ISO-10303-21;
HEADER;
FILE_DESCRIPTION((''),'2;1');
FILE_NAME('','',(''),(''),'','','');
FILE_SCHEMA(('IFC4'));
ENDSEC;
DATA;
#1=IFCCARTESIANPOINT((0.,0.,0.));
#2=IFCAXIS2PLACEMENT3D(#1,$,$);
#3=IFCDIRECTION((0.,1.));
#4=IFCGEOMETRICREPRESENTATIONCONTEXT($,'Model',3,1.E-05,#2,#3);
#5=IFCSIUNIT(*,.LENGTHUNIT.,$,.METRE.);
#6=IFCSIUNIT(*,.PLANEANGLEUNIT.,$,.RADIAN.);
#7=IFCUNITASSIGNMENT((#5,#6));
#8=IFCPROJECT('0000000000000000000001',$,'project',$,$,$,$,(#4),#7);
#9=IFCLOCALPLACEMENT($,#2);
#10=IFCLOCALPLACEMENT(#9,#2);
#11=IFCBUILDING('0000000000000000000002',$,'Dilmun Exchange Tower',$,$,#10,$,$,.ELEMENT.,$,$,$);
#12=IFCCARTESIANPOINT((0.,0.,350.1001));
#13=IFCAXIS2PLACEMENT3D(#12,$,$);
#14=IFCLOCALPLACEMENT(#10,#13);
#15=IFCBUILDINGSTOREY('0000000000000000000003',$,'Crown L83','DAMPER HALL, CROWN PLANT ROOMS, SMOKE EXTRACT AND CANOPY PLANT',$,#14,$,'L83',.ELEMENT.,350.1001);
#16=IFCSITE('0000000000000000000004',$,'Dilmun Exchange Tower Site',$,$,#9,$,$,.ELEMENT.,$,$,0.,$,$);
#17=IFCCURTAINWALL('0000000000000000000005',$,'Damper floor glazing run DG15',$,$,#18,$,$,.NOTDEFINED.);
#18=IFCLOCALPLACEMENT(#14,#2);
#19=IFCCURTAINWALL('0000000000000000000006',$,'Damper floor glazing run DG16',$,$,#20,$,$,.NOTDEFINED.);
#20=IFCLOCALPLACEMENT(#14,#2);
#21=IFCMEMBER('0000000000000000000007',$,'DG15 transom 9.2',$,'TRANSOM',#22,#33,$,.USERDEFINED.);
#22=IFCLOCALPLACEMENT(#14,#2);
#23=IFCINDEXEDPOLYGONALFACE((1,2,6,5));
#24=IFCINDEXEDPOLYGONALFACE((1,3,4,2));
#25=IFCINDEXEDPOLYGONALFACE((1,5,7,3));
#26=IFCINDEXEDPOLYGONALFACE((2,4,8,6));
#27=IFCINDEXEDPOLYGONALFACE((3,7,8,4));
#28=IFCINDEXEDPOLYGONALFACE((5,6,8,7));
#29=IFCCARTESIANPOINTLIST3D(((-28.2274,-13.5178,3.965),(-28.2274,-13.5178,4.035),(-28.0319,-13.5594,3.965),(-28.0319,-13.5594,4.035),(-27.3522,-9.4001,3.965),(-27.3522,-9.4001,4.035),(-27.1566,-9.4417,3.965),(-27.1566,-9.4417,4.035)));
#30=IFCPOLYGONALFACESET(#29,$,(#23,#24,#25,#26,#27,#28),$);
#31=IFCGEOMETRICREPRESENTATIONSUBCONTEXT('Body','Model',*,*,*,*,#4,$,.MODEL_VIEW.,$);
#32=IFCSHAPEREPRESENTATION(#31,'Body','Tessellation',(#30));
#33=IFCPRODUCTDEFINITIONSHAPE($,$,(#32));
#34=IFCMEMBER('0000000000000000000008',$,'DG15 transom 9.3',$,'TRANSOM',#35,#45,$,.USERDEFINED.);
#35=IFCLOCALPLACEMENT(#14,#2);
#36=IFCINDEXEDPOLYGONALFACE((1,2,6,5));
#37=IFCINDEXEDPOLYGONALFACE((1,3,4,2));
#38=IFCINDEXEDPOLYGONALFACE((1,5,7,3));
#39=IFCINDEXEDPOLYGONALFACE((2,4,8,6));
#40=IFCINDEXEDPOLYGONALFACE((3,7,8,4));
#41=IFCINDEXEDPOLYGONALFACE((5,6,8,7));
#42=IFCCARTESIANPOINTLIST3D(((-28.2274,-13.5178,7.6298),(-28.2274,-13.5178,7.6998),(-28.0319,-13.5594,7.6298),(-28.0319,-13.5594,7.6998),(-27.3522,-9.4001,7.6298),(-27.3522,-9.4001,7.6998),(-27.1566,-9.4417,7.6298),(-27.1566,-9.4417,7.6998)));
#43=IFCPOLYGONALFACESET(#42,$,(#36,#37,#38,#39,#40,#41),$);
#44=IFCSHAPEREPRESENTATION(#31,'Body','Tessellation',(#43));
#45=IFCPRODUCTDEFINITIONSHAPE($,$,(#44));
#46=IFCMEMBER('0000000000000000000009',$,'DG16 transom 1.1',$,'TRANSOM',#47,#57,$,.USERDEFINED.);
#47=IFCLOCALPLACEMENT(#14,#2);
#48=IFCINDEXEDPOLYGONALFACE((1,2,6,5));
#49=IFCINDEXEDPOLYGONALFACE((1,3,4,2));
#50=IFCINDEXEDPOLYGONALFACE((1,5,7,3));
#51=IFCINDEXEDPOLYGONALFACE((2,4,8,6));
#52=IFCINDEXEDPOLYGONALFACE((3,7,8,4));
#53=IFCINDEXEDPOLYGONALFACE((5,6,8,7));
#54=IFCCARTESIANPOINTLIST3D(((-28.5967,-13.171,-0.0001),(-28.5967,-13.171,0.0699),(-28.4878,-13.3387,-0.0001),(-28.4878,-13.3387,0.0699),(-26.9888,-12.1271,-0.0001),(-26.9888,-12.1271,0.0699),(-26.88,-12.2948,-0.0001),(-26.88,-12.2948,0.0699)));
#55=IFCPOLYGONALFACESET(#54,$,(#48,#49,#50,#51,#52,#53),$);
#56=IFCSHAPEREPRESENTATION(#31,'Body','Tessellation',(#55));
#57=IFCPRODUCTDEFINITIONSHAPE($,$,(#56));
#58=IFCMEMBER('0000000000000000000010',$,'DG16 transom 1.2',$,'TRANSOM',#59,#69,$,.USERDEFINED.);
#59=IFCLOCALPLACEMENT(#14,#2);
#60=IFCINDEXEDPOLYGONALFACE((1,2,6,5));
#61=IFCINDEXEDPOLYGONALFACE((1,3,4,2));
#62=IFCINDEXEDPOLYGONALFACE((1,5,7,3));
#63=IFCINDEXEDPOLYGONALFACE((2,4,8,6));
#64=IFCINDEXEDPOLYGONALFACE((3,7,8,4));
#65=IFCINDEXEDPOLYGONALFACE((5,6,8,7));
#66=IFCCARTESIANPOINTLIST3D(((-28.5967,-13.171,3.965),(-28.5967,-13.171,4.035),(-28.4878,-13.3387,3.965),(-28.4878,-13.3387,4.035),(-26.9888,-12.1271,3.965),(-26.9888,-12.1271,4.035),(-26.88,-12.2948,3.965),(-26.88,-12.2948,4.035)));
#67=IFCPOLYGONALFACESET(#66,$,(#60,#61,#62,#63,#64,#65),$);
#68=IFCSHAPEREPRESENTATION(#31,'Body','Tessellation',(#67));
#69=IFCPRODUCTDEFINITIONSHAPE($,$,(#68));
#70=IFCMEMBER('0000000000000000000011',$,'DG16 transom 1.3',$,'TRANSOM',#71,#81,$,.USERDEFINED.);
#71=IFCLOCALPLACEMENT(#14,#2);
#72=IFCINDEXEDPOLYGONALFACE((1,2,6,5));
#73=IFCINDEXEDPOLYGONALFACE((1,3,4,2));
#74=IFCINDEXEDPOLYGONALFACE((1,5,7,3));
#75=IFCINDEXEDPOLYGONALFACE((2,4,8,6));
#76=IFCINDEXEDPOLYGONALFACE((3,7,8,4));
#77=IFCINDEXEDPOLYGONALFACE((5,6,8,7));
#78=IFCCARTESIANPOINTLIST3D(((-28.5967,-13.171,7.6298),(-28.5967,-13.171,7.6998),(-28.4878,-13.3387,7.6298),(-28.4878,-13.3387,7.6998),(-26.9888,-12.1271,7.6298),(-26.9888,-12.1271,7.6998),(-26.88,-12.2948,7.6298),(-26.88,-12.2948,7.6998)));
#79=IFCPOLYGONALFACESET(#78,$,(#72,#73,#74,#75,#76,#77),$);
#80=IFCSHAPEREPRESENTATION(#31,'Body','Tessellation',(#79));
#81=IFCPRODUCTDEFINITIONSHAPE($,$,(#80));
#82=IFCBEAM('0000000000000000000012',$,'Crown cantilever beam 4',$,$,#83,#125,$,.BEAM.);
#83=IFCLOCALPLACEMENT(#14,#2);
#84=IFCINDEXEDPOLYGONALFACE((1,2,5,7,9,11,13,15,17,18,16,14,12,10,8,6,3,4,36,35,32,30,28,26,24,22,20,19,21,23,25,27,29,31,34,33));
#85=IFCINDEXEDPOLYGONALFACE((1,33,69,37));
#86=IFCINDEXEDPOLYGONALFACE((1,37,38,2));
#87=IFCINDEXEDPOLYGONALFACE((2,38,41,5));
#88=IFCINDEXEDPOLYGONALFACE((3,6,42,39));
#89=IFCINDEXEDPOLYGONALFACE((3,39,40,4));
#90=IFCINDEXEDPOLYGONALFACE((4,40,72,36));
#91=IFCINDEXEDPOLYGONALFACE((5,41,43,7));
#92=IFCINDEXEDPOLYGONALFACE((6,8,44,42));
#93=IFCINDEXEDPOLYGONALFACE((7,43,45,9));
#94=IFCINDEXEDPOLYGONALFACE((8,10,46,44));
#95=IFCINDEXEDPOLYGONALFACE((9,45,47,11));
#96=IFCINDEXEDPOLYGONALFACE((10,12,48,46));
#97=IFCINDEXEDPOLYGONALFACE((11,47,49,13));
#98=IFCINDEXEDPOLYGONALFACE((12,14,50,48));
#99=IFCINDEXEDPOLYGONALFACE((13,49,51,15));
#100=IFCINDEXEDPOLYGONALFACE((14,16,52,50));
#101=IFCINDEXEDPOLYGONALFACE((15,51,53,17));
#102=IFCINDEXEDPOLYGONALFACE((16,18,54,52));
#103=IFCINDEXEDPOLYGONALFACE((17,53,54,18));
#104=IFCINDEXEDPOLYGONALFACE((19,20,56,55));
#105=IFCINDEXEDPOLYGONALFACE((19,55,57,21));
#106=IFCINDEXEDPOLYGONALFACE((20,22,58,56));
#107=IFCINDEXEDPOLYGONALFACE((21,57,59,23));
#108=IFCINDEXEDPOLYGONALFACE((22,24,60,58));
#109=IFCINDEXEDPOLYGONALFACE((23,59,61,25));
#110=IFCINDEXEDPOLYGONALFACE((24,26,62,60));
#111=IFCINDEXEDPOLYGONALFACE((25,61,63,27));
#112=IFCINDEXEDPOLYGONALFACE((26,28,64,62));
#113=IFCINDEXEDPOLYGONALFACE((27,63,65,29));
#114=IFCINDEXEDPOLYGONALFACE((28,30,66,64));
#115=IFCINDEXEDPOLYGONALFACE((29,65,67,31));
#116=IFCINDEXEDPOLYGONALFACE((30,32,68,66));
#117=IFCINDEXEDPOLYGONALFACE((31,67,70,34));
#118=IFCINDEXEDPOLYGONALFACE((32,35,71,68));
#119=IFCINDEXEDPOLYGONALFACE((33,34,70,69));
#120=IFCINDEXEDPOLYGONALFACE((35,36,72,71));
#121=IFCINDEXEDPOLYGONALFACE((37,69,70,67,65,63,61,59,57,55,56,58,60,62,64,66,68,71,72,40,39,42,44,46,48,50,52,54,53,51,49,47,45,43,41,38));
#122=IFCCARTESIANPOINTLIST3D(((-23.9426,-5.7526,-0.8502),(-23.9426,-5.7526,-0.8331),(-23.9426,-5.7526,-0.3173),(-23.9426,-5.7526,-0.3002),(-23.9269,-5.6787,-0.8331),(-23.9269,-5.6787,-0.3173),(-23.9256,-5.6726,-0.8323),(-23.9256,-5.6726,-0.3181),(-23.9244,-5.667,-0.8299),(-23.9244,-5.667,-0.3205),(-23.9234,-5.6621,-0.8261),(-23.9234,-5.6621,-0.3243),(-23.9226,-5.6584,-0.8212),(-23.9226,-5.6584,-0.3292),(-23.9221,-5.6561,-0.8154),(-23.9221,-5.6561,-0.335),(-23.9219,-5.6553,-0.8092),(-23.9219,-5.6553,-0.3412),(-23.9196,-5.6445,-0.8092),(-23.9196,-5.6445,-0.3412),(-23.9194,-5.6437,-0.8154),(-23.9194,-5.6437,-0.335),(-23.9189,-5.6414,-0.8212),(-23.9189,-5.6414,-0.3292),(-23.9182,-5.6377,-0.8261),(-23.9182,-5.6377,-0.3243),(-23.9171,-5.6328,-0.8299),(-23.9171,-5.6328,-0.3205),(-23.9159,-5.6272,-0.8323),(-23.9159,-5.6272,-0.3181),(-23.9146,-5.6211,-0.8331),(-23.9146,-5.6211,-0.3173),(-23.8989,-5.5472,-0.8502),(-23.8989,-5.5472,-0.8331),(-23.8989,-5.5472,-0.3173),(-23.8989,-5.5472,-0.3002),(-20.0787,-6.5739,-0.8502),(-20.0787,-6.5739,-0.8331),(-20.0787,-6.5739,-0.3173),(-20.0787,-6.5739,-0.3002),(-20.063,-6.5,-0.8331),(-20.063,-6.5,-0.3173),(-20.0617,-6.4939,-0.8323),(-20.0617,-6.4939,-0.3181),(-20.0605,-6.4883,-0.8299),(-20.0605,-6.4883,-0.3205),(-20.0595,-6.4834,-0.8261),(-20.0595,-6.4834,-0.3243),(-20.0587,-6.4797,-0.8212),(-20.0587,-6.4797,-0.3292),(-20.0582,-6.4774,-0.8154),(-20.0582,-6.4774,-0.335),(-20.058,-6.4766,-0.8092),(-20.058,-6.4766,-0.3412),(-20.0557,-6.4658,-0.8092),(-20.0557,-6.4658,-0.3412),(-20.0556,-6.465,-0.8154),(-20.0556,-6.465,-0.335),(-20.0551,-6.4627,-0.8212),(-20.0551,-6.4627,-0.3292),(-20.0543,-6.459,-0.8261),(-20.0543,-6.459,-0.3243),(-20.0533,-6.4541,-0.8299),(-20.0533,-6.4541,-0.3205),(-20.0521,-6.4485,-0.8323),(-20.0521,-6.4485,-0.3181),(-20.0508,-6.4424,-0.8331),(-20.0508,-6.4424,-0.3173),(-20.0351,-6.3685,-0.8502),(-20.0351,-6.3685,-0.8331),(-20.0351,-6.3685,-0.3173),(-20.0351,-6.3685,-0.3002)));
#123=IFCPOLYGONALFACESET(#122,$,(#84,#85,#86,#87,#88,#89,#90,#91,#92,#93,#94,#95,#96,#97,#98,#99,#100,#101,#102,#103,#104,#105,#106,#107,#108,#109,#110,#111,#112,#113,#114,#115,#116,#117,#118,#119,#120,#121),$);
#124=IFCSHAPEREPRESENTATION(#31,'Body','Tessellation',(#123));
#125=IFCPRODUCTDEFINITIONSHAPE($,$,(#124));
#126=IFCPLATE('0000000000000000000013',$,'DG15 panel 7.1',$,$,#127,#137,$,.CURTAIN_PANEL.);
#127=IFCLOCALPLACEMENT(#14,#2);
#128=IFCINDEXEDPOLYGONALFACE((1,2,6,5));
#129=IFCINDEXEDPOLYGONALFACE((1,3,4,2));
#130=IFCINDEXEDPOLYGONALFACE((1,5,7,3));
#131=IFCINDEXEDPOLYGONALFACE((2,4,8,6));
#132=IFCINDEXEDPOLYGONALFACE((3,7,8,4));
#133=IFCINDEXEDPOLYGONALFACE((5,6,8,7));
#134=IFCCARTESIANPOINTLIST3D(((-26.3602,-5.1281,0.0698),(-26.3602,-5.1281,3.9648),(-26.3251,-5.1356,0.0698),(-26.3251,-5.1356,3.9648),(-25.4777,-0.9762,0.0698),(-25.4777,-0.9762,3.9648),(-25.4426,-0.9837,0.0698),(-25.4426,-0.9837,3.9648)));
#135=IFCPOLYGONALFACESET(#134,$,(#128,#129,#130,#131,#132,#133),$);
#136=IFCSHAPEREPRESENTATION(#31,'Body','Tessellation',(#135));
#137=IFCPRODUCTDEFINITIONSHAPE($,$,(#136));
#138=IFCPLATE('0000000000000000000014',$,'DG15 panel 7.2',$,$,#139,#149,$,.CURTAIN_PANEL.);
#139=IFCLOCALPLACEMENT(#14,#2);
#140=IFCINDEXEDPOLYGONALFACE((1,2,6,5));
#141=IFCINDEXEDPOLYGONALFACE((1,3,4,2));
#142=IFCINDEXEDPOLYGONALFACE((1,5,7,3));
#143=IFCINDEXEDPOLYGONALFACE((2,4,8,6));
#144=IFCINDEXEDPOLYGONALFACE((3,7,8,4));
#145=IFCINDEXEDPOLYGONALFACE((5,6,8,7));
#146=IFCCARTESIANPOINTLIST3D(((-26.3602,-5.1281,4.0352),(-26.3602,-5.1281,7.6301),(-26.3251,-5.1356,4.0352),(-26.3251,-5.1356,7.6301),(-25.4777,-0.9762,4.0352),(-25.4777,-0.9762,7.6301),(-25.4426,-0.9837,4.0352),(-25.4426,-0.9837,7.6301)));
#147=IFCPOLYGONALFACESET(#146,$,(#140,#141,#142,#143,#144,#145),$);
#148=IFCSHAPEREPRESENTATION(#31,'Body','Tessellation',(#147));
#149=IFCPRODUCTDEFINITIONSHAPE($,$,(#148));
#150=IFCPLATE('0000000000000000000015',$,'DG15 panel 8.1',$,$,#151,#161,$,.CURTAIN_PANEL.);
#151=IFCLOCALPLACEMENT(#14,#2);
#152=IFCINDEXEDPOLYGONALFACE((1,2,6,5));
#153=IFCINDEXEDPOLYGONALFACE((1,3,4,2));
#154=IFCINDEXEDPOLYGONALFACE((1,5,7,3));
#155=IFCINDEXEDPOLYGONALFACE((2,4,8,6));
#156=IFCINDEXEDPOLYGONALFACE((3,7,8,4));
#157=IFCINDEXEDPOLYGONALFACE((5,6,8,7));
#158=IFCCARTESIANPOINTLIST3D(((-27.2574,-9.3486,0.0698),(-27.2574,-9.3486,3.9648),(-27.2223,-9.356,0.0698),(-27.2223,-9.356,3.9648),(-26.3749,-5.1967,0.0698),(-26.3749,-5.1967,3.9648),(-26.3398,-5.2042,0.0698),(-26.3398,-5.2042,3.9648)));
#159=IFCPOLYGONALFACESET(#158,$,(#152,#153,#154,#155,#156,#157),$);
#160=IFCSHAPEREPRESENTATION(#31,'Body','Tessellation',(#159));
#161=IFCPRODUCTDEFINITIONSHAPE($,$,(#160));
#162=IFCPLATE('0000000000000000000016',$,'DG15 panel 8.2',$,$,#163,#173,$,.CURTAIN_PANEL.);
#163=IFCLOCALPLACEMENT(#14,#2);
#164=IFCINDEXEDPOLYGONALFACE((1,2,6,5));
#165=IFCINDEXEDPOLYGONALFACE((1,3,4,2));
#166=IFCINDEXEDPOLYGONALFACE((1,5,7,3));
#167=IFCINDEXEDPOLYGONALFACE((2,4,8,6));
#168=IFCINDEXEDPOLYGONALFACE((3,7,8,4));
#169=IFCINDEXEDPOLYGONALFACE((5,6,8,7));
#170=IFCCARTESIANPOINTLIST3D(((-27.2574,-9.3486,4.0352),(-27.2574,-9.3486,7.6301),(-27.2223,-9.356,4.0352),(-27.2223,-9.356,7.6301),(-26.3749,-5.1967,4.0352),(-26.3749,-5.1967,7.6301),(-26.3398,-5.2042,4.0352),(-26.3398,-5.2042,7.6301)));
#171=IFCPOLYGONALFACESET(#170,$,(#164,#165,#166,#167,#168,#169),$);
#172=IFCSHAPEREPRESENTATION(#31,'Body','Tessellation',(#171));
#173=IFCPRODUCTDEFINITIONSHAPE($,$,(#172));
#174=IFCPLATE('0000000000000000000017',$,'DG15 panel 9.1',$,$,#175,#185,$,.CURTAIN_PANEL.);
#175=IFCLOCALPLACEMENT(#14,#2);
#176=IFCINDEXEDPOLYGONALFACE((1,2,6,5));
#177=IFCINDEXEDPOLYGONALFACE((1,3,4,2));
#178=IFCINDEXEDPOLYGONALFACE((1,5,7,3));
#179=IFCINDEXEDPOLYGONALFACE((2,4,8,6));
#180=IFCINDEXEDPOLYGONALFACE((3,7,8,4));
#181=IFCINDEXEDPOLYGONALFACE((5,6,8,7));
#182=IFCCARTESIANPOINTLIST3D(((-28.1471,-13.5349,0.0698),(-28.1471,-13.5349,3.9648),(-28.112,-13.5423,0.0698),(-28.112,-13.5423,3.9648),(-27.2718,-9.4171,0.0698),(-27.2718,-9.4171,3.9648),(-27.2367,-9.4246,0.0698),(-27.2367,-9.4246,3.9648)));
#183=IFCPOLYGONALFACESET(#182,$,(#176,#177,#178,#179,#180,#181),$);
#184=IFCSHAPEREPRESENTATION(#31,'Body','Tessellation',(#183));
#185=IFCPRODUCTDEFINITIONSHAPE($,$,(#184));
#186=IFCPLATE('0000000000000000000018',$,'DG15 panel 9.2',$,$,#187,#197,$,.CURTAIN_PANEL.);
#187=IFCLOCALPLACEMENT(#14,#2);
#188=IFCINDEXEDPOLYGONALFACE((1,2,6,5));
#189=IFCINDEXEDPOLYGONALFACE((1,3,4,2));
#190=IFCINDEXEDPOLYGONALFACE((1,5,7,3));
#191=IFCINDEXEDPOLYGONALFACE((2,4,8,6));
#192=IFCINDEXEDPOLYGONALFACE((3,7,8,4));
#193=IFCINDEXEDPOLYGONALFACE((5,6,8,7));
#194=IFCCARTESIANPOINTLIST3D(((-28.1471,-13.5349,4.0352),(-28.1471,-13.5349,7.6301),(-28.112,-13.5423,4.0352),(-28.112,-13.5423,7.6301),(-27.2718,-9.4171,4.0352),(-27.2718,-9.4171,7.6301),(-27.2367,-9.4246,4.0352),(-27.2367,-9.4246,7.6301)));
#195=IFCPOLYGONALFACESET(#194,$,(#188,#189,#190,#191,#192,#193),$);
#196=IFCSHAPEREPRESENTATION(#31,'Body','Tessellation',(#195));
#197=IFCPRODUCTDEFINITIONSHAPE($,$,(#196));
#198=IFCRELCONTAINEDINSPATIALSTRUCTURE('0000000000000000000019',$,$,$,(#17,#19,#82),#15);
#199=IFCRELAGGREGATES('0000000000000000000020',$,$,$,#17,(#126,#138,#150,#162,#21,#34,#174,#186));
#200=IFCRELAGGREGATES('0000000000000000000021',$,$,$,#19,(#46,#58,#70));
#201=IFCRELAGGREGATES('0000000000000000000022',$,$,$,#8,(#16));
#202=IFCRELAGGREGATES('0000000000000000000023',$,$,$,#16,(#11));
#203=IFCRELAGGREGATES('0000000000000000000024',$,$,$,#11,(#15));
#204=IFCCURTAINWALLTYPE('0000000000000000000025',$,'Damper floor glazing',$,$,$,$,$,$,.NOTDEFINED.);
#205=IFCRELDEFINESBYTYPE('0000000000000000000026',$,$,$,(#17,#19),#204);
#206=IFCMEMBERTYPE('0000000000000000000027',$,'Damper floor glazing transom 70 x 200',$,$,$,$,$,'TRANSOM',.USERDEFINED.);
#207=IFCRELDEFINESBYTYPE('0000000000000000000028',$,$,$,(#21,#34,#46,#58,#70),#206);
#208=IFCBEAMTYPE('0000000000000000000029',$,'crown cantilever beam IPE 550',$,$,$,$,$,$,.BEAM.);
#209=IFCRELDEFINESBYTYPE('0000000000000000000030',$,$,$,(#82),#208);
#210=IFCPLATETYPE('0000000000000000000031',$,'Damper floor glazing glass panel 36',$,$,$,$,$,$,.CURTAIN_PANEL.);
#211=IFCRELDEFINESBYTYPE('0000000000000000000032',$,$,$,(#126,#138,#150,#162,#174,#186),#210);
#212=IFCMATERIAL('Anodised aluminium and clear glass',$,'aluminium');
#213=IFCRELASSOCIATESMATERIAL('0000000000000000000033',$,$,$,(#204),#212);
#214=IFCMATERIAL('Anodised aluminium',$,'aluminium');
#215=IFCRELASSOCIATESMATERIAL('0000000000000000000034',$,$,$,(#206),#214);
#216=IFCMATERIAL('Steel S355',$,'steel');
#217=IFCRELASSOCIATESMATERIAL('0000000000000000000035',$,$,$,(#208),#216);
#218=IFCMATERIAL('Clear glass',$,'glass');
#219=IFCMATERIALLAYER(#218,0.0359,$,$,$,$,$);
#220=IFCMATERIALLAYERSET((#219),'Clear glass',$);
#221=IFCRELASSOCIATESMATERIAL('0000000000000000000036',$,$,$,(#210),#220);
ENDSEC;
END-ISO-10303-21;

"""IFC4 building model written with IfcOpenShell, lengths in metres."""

from ifc_helpers import new_model, si_unit, direction, frame, origin, origin_2d, place, context, subcontext, project, spatial, rectangle, i_section, extrude, material, layer, layer_set, material_profile, profile_set, type_object, element, aggregate, save


model = new_model("IFC4")

# Units and contexts
model_context = context("Model", 3, precision=1e-05, world=origin(), true_north=direction((0.0, 1.0)))
body_context = subcontext(model_context, "Body", "Model", "MODEL_VIEW")
ifc_project = project(units=[si_unit("LENGTHUNIT", "METRE"), si_unit("PLANEANGLEUNIT", "RADIAN")], contexts=[model_context])

# Site, building, storey
site_placement = place(None, origin())
site = spatial("IfcSite", under=ifc_project, at=site_placement, Name="Dilmun Exchange Tower Site", CompositionType="ELEMENT", RefElevation=0.0)
building_placement = place(site_placement, origin())
building = spatial("IfcBuilding", under=site, at=building_placement, Name="Dilmun Exchange Tower", CompositionType="ELEMENT")
storey_placement = place(building_placement, frame((0.0, 0.0, 350.1001)))
storey = spatial("IfcBuildingStorey", under=building, at=storey_placement, Name="Crown L83", Description="DAMPER HALL, CROWN PLANT ROOMS, SMOKE EXTRACT AND CANOPY PLANT", LongName="L83", CompositionType="ELEMENT", Elevation=350.1001)

# Shared definitions
ifc_material_1 = material(Name="Anodised aluminium and clear glass", Category="aluminium")
curtain_wall_type = type_object("IfcCurtainWallType", Name="Damper floor glazing", PredefinedType="NOTDEFINED", material=ifc_material_1)
ifc_material_2 = material(Name="Anodised aluminium", Category="aluminium")

# Curtain walls
curtain_wall_1_placement = place(storey_placement, origin())
curtain_wall_1 = element("IfcCurtainWall", 1, at=curtain_wall_1_placement, inside=storey, type_object=curtain_wall_type, Name="Damper floor glazing run DG15", PredefinedType="NOTDEFINED")
curtain_wall_2_placement = place(storey_placement, origin())
curtain_wall_2 = element("IfcCurtainWall", 2, at=curtain_wall_2_placement, inside=storey, type_object=curtain_wall_type, Name="Damper floor glazing run DG16", PredefinedType="NOTDEFINED")

# Members
ifc_material_profile_1 = material_profile(ifc_material_2, rectangle(XDim=0.2, YDim=0.0701, at=origin_2d()), Name="AL 70x200")
ifc_profile_set_1 = profile_set([ifc_material_profile_1], Name="Anodised aluminium")
member_type_1 = type_object("IfcMemberType", Name="Damper floor glazing transom 70 x 200", ElementType="TRANSOM", PredefinedType="USERDEFINED", material=ifc_profile_set_1)
member_1_placement = place(storey_placement, frame((-27.2544, -9.4209, 4.0), z_axis=(-0.207913, -0.978147, 0.0), x_axis=(0.978147, -0.207913, 0.0)))
member_1 = element("IfcMember", 3, at=member_1_placement, type_object=member_type_1, Name="DG15 transom 9.2", ObjectType="TRANSOM", PredefinedType="USERDEFINED", context=body_context, shape_type="SweptSolid", body=[
    extrude(rectangle(XDim=0.2, YDim=0.0701, at=origin_2d()), origin(), (0.0, 0.0, 1.0), 4.2097),
])
member_2_placement = place(storey_placement, frame((-27.2544, -9.4209, 7.6648), z_axis=(-0.207913, -0.978147, 0.0), x_axis=(0.978147, -0.207913, 0.0)))
member_2 = element("IfcMember", 4, at=member_2_placement, type_object=member_type_1, Name="DG15 transom 9.3", ObjectType="TRANSOM", PredefinedType="USERDEFINED", context=body_context, shape_type="SweptSolid", body=[
    extrude(rectangle(XDim=0.2, YDim=0.0701, at=origin_2d()), origin(), (0.0, 0.0, 1.0), 4.2097),
])
member_3_placement = place(storey_placement, frame((-28.5422, -13.2549, 0.0349), z_axis=(0.838729, 0.54455, 0.0), x_axis=(-0.54455, 0.838729, 0.0)))
member_3 = element("IfcMember", 5, at=member_3_placement, type_object=member_type_1, Name="DG16 transom 1.1", ObjectType="TRANSOM", PredefinedType="USERDEFINED", context=body_context, shape_type="SweptSolid", body=[
    extrude(rectangle(XDim=0.2, YDim=0.0701, at=origin_2d()), origin(), (0.0, 0.0, 1.0), 1.917),
])
member_4_placement = place(storey_placement, frame((-28.5422, -13.2549, 4.0), z_axis=(0.838729, 0.54455, 0.0), x_axis=(-0.54455, 0.838729, 0.0)))
member_4 = element("IfcMember", 6, at=member_4_placement, type_object=member_type_1, Name="DG16 transom 1.2", ObjectType="TRANSOM", PredefinedType="USERDEFINED", context=body_context, shape_type="SweptSolid", body=[
    extrude(rectangle(XDim=0.2, YDim=0.0701, at=origin_2d()), origin(), (0.0, 0.0, 1.0), 1.917),
])
member_5_placement = place(storey_placement, frame((-28.5422, -13.2549, 7.6648), z_axis=(0.838729, 0.54455, 0.0), x_axis=(-0.54455, 0.838729, 0.0)))
member_5 = element("IfcMember", 7, at=member_5_placement, type_object=member_type_1, Name="DG16 transom 1.3", ObjectType="TRANSOM", PredefinedType="USERDEFINED", context=body_context, shape_type="SweptSolid", body=[
    extrude(rectangle(XDim=0.2, YDim=0.0701, at=origin_2d()), origin(), (0.0, 0.0, 1.0), 1.917),
])

# Beam
ifc_material_3 = material(Name="Steel S355", Category="steel")
ifc_material_profile_2 = material_profile(ifc_material_3, i_section(OverallWidth=0.21, OverallDepth=0.55, WebThickness=0.011, FlangeThickness=0.0171, FilletRadius=0.0239, at=origin_2d()), Name="IPE 550")
ifc_profile_set_2 = profile_set([ifc_material_profile_2], Name="Steel S355")
beam_type = type_object("IfcBeamType", Name="crown cantilever beam IPE 550", PredefinedType="BEAM", material=ifc_profile_set_2)
beam_placement = place(storey_placement, frame((-20.0569, -6.4712, -0.5752), z_axis=(-0.978147, 0.207916, 0.0), x_axis=(-0.207916, -0.978147, 0.0)))
element("IfcBeam", 8, at=beam_placement, inside=storey, type_object=beam_type, Name="Crown cantilever beam 4", PredefinedType="BEAM", context=body_context, shape_type="SweptSolid", body=[
    extrude(i_section(OverallWidth=0.21, OverallDepth=0.55, WebThickness=0.011, FlangeThickness=0.0171, FilletRadius=0.0239, at=origin_2d()), origin(), (0.0, 0.0, 1.0), 3.9502),
])

# Plates
ifc_material_4 = material(Name="Clear glass", Category="glass")
ifc_layer_1 = layer(ifc_material_4, 0.0359)
ifc_layer_set_1 = layer_set([ifc_layer_1], Name="Clear glass")
plate_type = type_object("IfcPlateType", Name="Damper floor glazing glass panel 36", PredefinedType="CURTAIN_PANEL", material=ifc_layer_set_1)
plate_1_placement = place(storey_placement, frame((-25.9014, -3.0559, 0.0698), z_axis=(0.0, 0.0, 1.0), x_axis=(-0.207912, -0.978147, 0.0)))
plate_1 = element("IfcPlate", 9, at=plate_1_placement, type_object=plate_type, Name="DG15 panel 7.1", PredefinedType="CURTAIN_PANEL", context=body_context, shape_type="SweptSolid", body=[
    extrude(rectangle(XDim=4.2446, YDim=0.0359, at=origin_2d()), origin(), (0.0, 0.0, 1.0), 3.895),
])
plate_2_placement = place(storey_placement, frame((-25.9014, -3.0559, 4.0352), z_axis=(0.0, 0.0, 1.0), x_axis=(-0.207912, -0.978147, 0.0)))
plate_2 = element("IfcPlate", 10, at=plate_2_placement, type_object=plate_type, Name="DG15 panel 7.2", PredefinedType="CURTAIN_PANEL", context=body_context, shape_type="SweptSolid", body=[
    extrude(rectangle(XDim=4.2446, YDim=0.0359, at=origin_2d()), origin(), (0.0, 0.0, 1.0), 3.595),
])
plate_3_placement = place(storey_placement, frame((-26.7986, -7.2764, 0.0698), z_axis=(0.0, 0.0, 1.0), x_axis=(-0.207912, -0.978147, 0.0)))
plate_3 = element("IfcPlate", 11, at=plate_3_placement, type_object=plate_type, Name="DG15 panel 8.1", PredefinedType="CURTAIN_PANEL", context=body_context, shape_type="SweptSolid", body=[
    extrude(rectangle(XDim=4.2446, YDim=0.0359, at=origin_2d()), origin(), (0.0, 0.0, 1.0), 3.895),
])
plate_4_placement = place(storey_placement, frame((-26.7986, -7.2764, 4.0352), z_axis=(0.0, 0.0, 1.0), x_axis=(-0.207912, -0.978147, 0.0)))
plate_4 = element("IfcPlate", 12, at=plate_4_placement, type_object=plate_type, Name="DG15 panel 8.2", PredefinedType="CURTAIN_PANEL", context=body_context, shape_type="SweptSolid", body=[
    extrude(rectangle(XDim=4.2446, YDim=0.0359, at=origin_2d()), origin(), (0.0, 0.0, 1.0), 3.595),
])
plate_5_placement = place(storey_placement, frame((-27.6919, -11.4797, 0.0698), z_axis=(0.0, 0.0, 1.0), x_axis=(-0.207912, -0.978147, 0.0)))
plate_5 = element("IfcPlate", 13, at=plate_5_placement, type_object=plate_type, Name="DG15 panel 9.1", PredefinedType="CURTAIN_PANEL", context=body_context, shape_type="SweptSolid", body=[
    extrude(rectangle(XDim=4.2097, YDim=0.0359, at=origin_2d()), origin(), (0.0, 0.0, 1.0), 3.895),
])
plate_6_placement = place(storey_placement, frame((-27.6919, -11.4797, 4.0352), z_axis=(0.0, 0.0, 1.0), x_axis=(-0.207912, -0.978147, 0.0)))
plate_6 = element("IfcPlate", 14, at=plate_6_placement, type_object=plate_type, Name="DG15 panel 9.2", PredefinedType="CURTAIN_PANEL", context=body_context, shape_type="SweptSolid", body=[
    extrude(rectangle(XDim=4.2097, YDim=0.0359, at=origin_2d()), origin(), (0.0, 0.0, 1.0), 3.595),
])
aggregate(curtain_wall_1, [plate_1, plate_2, plate_3, plate_4, member_1, member_2, plate_5, plate_6])
aggregate(curtain_wall_2, [member_3, member_4, member_5])

save(model, "model.ifc")
